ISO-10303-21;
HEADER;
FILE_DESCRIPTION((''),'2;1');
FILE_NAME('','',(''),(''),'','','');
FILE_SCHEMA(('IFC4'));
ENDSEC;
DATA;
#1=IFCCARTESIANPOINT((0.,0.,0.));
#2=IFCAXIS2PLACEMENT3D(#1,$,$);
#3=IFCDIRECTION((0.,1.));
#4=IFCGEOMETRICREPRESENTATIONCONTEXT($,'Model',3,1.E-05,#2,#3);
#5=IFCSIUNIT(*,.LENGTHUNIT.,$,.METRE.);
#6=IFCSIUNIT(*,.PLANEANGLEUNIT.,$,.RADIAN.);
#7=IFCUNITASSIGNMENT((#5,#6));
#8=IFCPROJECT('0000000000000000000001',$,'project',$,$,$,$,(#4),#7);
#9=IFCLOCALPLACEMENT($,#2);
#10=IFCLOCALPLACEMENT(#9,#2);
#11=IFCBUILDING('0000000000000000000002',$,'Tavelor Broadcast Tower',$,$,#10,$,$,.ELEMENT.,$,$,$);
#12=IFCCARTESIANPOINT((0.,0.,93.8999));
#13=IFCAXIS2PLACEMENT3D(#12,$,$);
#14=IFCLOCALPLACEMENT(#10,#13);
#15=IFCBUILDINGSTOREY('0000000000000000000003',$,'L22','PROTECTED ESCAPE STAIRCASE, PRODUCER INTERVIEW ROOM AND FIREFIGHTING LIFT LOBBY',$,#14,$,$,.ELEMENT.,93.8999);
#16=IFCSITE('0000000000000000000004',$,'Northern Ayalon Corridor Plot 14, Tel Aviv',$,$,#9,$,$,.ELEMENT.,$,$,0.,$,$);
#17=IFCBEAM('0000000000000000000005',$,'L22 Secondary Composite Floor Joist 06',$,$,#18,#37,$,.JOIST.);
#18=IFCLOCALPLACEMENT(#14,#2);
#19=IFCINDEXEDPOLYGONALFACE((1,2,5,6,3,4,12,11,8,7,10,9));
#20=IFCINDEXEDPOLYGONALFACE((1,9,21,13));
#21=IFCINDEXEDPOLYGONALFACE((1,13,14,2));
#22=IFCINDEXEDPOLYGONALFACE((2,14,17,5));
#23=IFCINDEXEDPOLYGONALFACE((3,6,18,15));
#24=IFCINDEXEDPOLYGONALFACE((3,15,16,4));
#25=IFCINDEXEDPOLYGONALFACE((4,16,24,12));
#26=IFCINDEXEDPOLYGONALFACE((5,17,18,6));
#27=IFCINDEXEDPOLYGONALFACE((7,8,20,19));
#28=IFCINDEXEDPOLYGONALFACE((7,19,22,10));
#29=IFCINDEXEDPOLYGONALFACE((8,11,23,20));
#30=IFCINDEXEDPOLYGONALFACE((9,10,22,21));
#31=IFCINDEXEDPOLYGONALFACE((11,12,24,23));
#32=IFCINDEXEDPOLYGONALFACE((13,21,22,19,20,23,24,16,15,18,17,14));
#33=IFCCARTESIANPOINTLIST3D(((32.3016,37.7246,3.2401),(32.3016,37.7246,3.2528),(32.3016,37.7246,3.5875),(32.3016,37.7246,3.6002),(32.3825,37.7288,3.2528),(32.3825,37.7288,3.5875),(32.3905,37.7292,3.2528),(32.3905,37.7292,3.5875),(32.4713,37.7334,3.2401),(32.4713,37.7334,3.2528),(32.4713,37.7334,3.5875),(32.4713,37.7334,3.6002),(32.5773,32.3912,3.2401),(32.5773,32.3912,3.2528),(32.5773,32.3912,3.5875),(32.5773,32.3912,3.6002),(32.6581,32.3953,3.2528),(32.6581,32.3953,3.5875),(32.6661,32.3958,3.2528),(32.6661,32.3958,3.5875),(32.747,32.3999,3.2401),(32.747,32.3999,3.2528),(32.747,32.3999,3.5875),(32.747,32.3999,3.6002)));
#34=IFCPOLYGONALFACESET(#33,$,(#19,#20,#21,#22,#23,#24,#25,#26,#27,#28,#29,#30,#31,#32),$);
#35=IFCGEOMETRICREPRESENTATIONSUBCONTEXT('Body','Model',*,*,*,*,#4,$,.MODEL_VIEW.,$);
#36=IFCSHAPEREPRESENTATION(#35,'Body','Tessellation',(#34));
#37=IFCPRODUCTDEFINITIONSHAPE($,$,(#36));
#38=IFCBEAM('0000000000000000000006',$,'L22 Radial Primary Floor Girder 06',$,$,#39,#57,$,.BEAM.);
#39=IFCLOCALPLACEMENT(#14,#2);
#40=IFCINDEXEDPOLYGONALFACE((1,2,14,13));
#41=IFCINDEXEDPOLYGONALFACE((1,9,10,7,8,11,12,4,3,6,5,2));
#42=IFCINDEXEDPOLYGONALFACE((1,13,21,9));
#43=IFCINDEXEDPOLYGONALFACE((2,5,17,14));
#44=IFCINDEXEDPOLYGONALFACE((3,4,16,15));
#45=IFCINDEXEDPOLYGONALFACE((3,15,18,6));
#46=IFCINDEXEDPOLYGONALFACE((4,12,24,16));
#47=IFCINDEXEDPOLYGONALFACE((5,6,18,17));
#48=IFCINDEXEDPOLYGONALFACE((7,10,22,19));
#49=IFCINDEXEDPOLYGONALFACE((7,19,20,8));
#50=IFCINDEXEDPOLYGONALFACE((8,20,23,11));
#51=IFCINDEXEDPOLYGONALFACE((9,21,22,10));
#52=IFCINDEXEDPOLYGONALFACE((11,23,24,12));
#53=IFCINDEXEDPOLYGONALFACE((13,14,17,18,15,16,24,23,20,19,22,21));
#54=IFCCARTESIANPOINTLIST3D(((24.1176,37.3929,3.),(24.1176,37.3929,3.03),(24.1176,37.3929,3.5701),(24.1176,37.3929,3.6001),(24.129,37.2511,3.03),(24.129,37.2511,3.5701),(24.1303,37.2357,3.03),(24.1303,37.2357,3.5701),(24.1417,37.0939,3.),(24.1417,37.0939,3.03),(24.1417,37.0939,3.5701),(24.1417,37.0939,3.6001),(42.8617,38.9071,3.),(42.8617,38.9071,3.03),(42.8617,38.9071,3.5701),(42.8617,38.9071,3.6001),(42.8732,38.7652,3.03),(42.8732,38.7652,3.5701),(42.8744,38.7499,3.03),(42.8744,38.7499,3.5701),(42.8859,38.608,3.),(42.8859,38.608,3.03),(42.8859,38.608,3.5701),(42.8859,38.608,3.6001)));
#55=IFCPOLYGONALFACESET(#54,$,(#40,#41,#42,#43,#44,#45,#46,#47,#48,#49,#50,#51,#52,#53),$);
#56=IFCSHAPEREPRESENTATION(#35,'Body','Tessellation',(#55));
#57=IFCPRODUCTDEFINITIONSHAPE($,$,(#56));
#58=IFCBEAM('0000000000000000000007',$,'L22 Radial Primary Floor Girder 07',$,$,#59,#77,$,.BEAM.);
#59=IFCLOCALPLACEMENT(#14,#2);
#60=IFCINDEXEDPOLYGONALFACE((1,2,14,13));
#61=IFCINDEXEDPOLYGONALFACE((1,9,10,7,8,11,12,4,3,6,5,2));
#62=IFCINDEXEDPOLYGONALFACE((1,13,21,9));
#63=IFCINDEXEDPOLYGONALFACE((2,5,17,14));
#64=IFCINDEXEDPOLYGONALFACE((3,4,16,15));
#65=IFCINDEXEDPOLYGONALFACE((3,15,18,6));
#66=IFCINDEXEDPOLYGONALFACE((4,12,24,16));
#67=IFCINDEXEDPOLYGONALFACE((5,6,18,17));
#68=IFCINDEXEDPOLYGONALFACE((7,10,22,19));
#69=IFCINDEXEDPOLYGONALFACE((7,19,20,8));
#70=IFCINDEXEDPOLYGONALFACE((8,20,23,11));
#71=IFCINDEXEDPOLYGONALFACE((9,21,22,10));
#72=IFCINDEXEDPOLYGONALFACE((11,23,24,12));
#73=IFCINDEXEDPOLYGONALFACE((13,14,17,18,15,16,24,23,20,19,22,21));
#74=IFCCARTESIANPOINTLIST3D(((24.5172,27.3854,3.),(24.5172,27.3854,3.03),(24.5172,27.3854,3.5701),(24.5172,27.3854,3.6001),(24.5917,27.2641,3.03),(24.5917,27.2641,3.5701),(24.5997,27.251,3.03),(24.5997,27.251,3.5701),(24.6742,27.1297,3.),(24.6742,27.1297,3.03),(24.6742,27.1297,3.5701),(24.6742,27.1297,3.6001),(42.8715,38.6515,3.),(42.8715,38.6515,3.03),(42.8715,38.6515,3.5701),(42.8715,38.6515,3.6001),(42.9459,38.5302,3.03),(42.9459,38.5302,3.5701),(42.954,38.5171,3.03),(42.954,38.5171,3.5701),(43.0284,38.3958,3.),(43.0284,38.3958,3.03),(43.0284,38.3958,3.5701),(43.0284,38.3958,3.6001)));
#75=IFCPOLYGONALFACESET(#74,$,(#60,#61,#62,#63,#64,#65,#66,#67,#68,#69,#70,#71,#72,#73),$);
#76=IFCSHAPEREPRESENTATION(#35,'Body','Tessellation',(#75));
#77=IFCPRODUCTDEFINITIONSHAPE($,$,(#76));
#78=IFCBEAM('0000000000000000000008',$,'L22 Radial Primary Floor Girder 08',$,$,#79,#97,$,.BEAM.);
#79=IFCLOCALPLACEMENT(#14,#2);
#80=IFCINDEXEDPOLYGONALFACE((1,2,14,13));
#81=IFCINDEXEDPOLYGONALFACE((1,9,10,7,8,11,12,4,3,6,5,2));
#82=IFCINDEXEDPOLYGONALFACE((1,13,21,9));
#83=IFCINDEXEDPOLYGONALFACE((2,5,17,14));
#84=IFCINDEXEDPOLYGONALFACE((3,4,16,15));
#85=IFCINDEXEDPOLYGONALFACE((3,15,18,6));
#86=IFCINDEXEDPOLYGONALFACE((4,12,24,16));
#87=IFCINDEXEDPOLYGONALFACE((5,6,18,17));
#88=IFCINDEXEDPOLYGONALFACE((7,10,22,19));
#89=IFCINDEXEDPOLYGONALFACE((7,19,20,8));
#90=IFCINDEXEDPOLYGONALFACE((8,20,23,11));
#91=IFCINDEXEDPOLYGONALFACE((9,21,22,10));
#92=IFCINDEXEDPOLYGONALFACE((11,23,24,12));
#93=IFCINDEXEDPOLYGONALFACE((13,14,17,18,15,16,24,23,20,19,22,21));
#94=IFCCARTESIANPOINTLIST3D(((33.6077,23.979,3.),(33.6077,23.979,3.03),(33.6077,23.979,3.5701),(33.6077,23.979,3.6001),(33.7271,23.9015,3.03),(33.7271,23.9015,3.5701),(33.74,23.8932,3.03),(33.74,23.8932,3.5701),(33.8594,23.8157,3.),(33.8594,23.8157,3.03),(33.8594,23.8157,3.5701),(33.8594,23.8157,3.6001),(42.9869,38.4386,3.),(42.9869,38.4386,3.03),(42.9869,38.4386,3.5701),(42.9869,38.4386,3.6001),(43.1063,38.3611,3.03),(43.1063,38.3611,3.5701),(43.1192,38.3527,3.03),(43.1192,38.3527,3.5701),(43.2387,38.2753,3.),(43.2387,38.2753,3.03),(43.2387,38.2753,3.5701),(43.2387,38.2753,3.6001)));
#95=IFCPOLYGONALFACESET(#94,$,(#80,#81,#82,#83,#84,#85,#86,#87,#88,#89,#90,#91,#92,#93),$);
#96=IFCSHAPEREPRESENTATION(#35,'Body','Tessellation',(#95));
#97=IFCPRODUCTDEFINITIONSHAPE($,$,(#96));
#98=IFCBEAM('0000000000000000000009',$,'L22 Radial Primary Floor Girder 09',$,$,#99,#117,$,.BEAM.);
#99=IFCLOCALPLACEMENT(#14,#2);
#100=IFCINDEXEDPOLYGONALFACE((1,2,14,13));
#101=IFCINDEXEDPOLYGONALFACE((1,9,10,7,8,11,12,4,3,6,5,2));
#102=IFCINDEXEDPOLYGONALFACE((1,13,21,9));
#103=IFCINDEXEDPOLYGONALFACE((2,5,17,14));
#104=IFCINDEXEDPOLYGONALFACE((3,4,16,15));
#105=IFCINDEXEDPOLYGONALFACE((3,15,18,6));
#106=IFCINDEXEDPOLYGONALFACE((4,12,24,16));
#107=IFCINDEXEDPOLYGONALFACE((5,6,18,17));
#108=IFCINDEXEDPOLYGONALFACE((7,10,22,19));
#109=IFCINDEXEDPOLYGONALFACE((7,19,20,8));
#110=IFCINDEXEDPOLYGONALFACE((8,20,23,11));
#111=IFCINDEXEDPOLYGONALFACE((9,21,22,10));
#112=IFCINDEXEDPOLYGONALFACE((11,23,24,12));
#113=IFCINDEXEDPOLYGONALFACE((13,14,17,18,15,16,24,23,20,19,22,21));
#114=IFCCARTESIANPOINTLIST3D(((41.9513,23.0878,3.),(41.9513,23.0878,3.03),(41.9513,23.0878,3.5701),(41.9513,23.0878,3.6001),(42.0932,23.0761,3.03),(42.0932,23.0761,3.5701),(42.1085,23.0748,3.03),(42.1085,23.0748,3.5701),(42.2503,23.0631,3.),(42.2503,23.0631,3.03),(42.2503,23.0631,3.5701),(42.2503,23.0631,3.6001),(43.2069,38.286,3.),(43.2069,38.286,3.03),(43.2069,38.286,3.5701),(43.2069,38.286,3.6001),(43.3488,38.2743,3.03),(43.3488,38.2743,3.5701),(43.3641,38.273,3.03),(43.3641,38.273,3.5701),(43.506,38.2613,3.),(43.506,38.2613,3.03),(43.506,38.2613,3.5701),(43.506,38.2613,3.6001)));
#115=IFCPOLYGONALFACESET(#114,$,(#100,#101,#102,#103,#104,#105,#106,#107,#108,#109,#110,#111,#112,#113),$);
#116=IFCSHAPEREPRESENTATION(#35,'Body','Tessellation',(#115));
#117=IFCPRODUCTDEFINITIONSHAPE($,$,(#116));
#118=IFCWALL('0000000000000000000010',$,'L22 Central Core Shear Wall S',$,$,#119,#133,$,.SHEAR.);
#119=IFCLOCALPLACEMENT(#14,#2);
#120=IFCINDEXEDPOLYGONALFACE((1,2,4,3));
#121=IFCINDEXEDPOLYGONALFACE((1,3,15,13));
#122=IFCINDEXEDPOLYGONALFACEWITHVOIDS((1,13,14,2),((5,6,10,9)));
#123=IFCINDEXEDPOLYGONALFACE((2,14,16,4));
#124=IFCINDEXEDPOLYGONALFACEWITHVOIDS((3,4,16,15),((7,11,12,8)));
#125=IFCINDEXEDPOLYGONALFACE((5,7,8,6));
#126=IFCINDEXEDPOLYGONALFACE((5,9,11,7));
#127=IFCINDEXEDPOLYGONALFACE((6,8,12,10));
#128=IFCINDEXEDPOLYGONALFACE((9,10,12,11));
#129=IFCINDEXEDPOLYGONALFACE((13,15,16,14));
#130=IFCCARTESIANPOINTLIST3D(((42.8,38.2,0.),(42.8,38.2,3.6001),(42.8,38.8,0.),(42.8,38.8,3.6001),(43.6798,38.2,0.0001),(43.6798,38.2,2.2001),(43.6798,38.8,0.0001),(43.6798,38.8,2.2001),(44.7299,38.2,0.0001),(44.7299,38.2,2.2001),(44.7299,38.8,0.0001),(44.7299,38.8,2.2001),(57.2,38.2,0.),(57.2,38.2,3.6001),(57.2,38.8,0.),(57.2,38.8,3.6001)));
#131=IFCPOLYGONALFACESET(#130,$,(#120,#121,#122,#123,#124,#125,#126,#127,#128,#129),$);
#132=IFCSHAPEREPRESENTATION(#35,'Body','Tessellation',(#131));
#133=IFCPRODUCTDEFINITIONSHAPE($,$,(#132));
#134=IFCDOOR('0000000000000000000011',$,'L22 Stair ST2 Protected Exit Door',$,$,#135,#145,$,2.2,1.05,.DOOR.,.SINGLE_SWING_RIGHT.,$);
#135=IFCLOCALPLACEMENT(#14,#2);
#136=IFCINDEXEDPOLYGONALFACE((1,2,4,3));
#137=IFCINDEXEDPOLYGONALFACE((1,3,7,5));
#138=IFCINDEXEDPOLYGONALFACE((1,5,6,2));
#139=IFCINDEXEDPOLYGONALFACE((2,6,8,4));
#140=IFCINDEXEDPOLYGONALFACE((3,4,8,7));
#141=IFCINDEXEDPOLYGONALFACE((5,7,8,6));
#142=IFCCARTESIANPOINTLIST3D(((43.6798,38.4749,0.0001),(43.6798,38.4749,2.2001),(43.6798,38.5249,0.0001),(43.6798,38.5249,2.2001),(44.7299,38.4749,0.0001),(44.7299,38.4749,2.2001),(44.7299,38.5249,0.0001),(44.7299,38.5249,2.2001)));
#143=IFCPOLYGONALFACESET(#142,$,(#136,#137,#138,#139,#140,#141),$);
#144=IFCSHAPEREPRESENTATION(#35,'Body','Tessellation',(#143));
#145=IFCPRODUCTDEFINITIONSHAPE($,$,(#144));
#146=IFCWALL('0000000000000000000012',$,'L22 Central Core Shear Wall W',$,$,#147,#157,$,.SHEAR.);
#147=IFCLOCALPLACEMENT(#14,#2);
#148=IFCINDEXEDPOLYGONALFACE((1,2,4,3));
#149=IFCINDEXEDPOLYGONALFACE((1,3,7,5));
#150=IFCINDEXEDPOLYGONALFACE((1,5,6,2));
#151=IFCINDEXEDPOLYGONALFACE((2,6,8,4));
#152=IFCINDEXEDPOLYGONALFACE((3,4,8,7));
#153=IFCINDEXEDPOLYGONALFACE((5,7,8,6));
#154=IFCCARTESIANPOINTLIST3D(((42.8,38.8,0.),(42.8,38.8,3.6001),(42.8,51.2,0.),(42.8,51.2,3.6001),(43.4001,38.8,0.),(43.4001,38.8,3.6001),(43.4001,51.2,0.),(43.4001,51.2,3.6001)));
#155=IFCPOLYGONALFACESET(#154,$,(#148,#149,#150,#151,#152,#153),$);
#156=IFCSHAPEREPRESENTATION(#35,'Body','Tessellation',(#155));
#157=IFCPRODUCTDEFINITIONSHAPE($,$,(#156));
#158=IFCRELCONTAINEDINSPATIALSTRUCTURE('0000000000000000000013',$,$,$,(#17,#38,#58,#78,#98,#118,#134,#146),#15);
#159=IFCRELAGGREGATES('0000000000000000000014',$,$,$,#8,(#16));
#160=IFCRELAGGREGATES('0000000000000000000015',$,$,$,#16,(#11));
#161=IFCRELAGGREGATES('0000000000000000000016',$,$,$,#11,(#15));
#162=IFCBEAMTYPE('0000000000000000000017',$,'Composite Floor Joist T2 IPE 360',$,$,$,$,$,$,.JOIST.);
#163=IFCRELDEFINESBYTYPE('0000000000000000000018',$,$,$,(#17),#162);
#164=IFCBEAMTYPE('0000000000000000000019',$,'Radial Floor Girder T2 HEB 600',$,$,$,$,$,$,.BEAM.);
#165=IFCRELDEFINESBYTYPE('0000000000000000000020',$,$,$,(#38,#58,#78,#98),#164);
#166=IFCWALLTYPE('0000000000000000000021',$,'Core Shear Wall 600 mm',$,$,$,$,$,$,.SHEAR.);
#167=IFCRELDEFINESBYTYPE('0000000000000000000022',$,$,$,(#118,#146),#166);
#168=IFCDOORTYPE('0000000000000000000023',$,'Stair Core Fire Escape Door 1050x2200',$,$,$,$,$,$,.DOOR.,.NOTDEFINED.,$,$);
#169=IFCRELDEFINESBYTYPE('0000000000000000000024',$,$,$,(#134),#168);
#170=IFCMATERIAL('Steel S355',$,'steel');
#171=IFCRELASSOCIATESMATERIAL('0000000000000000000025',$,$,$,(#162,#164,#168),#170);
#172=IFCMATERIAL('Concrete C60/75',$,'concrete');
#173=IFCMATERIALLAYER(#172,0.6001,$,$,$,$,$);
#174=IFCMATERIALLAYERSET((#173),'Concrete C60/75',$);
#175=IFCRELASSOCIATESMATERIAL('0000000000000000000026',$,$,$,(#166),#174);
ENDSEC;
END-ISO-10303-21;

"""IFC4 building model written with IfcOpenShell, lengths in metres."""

from ifc_helpers import new_model, si_unit, direction, frame, frame_2d, origin, origin_2d, place, context, subcontext, project, spatial, rectangle, i_section, extrude, material, layer, layer_set, material_profile, profile_set, type_object, element, fill, save


model = new_model("IFC4")

# Units and contexts
model_context = context("Model", 3, precision=1e-05, world=origin(), true_north=direction((0.0, 1.0)))
body_context = subcontext(model_context, "Body", "Model", "MODEL_VIEW")
ifc_project = project(units=[si_unit("LENGTHUNIT", "METRE"), si_unit("PLANEANGLEUNIT", "RADIAN")], contexts=[model_context])

# Site, building, storey
site_placement = place(None, origin())
site = spatial("IfcSite", under=ifc_project, at=site_placement, Name="Northern Ayalon Corridor Plot 14, Tel Aviv", CompositionType="ELEMENT", RefElevation=0.0)
building_placement = place(site_placement, origin())
building = spatial("IfcBuilding", under=site, at=building_placement, Name="Tavelor Broadcast Tower", CompositionType="ELEMENT")
storey_placement = place(building_placement, frame((0.0, 0.0, 93.8999)))
storey = spatial("IfcBuildingStorey", under=building, at=storey_placement, Name="L22", Description="PROTECTED ESCAPE STAIRCASE, PRODUCER INTERVIEW ROOM AND FIREFIGHTING LIFT LOBBY", CompositionType="ELEMENT", Elevation=93.8999)

# Beams
ifc_material_1 = material(Name="Steel S355", Category="steel")
ifc_material_profile_1 = material_profile(ifc_material_1, i_section(OverallWidth=0.1699, OverallDepth=0.3601, WebThickness=0.0081, FlangeThickness=0.0127, at=origin_2d()), Name="IPE 360")
ifc_profile_set_1 = profile_set([ifc_material_profile_1], Name="Steel S355")
beam_type_1 = type_object("IfcBeamType", Name="Composite Floor Joist T2 IPE 360", PredefinedType="JOIST", material=ifc_profile_set_1)
beam_1_placement = place(storey_placement, frame((32.3865, 37.729, 3.4202), z_axis=(0.051611, -0.998667, 0.0), x_axis=(0.998667, 0.051611, 0.0)))
element("IfcBeam", 1, at=beam_1_placement, inside=storey, type_object=beam_type_1, Name="L22 Secondary Composite Floor Joist 06", PredefinedType="JOIST", context=body_context, shape_type="SweptSolid", body=[
    extrude(i_section(OverallWidth=0.1699, OverallDepth=0.3601, WebThickness=0.0081, FlangeThickness=0.0127, at=origin_2d()), origin(), (0.0, 0.0, 1.0), 5.3406),
])
ifc_material_profile_2 = material_profile(ifc_material_1, i_section(OverallWidth=0.3, OverallDepth=0.6001, WebThickness=0.0154, FlangeThickness=0.03, at=origin_2d()), Name="HEB 600")
ifc_profile_set_2 = profile_set([ifc_material_profile_2], Name="Steel S355")
beam_type_2 = type_object("IfcBeamType", Name="Radial Floor Girder T2 HEB 600", PredefinedType="BEAM", material=ifc_profile_set_2)
beam_2_placement = place(storey_placement, frame((42.8738, 38.7576, 3.3), z_axis=(-0.996753, -0.080518, 0.0), x_axis=(0.080518, -0.996753, 0.0)))
element("IfcBeam", 2, at=beam_2_placement, inside=storey, type_object=beam_type_2, Name="L22 Radial Primary Floor Girder 06", PredefinedType="BEAM", context=body_context, shape_type="SweptSolid", body=[
    extrude(i_section(OverallWidth=0.3, OverallDepth=0.6001, WebThickness=0.0154, FlangeThickness=0.03, at=origin_2d()), origin(), (0.0, 0.0, 1.0), 18.8052),
])
beam_3_placement = place(storey_placement, frame((42.95, 38.5237, 3.3), z_axis=(-0.852255, -0.523127, 0.0), x_axis=(0.523127, -0.852255, 0.0)))
element("IfcBeam", 3, at=beam_3_placement, inside=storey, type_object=beam_type_2, Name="L22 Radial Primary Floor Girder 07", PredefinedType="BEAM", context=body_context, shape_type="SweptSolid", body=[
    extrude(i_section(OverallWidth=0.3, OverallDepth=0.6001, WebThickness=0.0154, FlangeThickness=0.03, at=origin_2d()), origin(), (0.0, 0.0, 1.0), 21.5361),
])
beam_4_placement = place(storey_placement, frame((43.1128, 38.3569, 3.3), z_axis=(-0.544192, -0.83896, 0.0), x_axis=(0.83896, -0.544192, 0.0)))
element("IfcBeam", 4, at=beam_4_placement, inside=storey, type_object=beam_type_2, Name="L22 Radial Primary Floor Girder 08", PredefinedType="BEAM", context=body_context, shape_type="SweptSolid", body=[
    extrude(i_section(OverallWidth=0.3, OverallDepth=0.6001, WebThickness=0.0154, FlangeThickness=0.03, at=origin_2d()), origin(), (0.0, 0.0, 1.0), 17.2351),
])
beam_5_placement = place(storey_placement, frame((43.3564, 38.2737, 3.3), z_axis=(-0.082335, -0.996605, 0.0), x_axis=(0.996605, -0.082335, 0.0)))
element("IfcBeam", 5, at=beam_5_placement, inside=storey, type_object=beam_type_2, Name="L22 Radial Primary Floor Girder 09", PredefinedType="BEAM", context=body_context, shape_type="SweptSolid", body=[
    extrude(i_section(OverallWidth=0.3, OverallDepth=0.6001, WebThickness=0.0154, FlangeThickness=0.03, at=origin_2d()), origin(), (0.0, 0.0, 1.0), 15.25),
])

# Wall, opening, door
ifc_material_2 = material(Name="Concrete C60/75", Category="concrete")
ifc_layer_1 = layer(ifc_material_2, 0.6001)
ifc_layer_set_1 = layer_set([ifc_layer_1], Name="Concrete C60/75")
wall_type_1 = type_object("IfcWallType", Name="Core Shear Wall 600 mm", PredefinedType="SHEAR", material=ifc_layer_set_1)
wall_1_placement = place(storey_placement, frame((42.8, 38.5, 0.0), z_axis=(0.0, 0.0, 1.0), x_axis=(1.0, 0.0, 0.0)))
wall_1 = element("IfcWall", 6, at=wall_1_placement, inside=storey, type_object=wall_type_1, Name="L22 Central Core Shear Wall S", PredefinedType="SHEAR", context=body_context, shape_type="SweptSolid", body=[
    extrude(rectangle(XDim=14.3999, YDim=0.6001, at=frame_2d((7.2, 0.0))), origin(), (0.0, 0.0, 1.0), 3.6001),
])
opening_1_placement = place(wall_1_placement, frame((0.8799, 0.0, 0.0)))
opening_1 = element("IfcOpeningElement", 7, at=opening_1_placement, cuts=wall_1, PredefinedType="OPENING", context=body_context, shape_type="SweptSolid", body=[
    extrude(rectangle(XDim=1.05, YDim=2.2, at=frame_2d((0.5249, 1.1001))), frame((0.0, 0.3101, 0.0), z_axis=(0.0, -1.0, 0.0), x_axis=(1.0, 0.0, 0.0)), (0.0, 0.0, 1.0), 0.6201),
])
door_type_1 = type_object("IfcDoorType", Name="Stair Core Fire Escape Door 1050x2200", OperationType="NOTDEFINED", PredefinedType="DOOR", material=ifc_material_1)
door_1_placement = place(opening_1_placement, origin())
door_1 = element("IfcDoor", 8, at=door_1_placement, inside=storey, type_object=door_type_1, Name="L22 Stair ST2 Protected Exit Door", OperationType="SINGLE_SWING_RIGHT", OverallHeight=2.2, OverallWidth=1.05, PredefinedType="DOOR", context=body_context, shape_type="SweptSolid", body=[
    extrude(rectangle(XDim=1.05, YDim=2.2, at=frame_2d((0.5249, 1.1001))), frame((0.0, 0.0249, 0.0), z_axis=(0.0, -1.0, 0.0), x_axis=(1.0, 0.0, 0.0)), (0.0, 0.0, 1.0), 0.05),
])
fill(opening_1, door_1)

# Wall
wall_2_placement = place(storey_placement, frame((43.1001, 38.8, 0.0), z_axis=(0.0, 0.0, 1.0), x_axis=(0.0, 1.0, 0.0)))
element("IfcWall", 9, at=wall_2_placement, inside=storey, type_object=wall_type_1, Name="L22 Central Core Shear Wall W", PredefinedType="SHEAR", context=body_context, shape_type="SweptSolid", body=[
    extrude(rectangle(XDim=12.3999, YDim=0.6001, at=frame_2d((6.2, 0.0))), origin(), (0.0, 0.0, 1.0), 3.6001),
])

save(model, "model.ifc")
